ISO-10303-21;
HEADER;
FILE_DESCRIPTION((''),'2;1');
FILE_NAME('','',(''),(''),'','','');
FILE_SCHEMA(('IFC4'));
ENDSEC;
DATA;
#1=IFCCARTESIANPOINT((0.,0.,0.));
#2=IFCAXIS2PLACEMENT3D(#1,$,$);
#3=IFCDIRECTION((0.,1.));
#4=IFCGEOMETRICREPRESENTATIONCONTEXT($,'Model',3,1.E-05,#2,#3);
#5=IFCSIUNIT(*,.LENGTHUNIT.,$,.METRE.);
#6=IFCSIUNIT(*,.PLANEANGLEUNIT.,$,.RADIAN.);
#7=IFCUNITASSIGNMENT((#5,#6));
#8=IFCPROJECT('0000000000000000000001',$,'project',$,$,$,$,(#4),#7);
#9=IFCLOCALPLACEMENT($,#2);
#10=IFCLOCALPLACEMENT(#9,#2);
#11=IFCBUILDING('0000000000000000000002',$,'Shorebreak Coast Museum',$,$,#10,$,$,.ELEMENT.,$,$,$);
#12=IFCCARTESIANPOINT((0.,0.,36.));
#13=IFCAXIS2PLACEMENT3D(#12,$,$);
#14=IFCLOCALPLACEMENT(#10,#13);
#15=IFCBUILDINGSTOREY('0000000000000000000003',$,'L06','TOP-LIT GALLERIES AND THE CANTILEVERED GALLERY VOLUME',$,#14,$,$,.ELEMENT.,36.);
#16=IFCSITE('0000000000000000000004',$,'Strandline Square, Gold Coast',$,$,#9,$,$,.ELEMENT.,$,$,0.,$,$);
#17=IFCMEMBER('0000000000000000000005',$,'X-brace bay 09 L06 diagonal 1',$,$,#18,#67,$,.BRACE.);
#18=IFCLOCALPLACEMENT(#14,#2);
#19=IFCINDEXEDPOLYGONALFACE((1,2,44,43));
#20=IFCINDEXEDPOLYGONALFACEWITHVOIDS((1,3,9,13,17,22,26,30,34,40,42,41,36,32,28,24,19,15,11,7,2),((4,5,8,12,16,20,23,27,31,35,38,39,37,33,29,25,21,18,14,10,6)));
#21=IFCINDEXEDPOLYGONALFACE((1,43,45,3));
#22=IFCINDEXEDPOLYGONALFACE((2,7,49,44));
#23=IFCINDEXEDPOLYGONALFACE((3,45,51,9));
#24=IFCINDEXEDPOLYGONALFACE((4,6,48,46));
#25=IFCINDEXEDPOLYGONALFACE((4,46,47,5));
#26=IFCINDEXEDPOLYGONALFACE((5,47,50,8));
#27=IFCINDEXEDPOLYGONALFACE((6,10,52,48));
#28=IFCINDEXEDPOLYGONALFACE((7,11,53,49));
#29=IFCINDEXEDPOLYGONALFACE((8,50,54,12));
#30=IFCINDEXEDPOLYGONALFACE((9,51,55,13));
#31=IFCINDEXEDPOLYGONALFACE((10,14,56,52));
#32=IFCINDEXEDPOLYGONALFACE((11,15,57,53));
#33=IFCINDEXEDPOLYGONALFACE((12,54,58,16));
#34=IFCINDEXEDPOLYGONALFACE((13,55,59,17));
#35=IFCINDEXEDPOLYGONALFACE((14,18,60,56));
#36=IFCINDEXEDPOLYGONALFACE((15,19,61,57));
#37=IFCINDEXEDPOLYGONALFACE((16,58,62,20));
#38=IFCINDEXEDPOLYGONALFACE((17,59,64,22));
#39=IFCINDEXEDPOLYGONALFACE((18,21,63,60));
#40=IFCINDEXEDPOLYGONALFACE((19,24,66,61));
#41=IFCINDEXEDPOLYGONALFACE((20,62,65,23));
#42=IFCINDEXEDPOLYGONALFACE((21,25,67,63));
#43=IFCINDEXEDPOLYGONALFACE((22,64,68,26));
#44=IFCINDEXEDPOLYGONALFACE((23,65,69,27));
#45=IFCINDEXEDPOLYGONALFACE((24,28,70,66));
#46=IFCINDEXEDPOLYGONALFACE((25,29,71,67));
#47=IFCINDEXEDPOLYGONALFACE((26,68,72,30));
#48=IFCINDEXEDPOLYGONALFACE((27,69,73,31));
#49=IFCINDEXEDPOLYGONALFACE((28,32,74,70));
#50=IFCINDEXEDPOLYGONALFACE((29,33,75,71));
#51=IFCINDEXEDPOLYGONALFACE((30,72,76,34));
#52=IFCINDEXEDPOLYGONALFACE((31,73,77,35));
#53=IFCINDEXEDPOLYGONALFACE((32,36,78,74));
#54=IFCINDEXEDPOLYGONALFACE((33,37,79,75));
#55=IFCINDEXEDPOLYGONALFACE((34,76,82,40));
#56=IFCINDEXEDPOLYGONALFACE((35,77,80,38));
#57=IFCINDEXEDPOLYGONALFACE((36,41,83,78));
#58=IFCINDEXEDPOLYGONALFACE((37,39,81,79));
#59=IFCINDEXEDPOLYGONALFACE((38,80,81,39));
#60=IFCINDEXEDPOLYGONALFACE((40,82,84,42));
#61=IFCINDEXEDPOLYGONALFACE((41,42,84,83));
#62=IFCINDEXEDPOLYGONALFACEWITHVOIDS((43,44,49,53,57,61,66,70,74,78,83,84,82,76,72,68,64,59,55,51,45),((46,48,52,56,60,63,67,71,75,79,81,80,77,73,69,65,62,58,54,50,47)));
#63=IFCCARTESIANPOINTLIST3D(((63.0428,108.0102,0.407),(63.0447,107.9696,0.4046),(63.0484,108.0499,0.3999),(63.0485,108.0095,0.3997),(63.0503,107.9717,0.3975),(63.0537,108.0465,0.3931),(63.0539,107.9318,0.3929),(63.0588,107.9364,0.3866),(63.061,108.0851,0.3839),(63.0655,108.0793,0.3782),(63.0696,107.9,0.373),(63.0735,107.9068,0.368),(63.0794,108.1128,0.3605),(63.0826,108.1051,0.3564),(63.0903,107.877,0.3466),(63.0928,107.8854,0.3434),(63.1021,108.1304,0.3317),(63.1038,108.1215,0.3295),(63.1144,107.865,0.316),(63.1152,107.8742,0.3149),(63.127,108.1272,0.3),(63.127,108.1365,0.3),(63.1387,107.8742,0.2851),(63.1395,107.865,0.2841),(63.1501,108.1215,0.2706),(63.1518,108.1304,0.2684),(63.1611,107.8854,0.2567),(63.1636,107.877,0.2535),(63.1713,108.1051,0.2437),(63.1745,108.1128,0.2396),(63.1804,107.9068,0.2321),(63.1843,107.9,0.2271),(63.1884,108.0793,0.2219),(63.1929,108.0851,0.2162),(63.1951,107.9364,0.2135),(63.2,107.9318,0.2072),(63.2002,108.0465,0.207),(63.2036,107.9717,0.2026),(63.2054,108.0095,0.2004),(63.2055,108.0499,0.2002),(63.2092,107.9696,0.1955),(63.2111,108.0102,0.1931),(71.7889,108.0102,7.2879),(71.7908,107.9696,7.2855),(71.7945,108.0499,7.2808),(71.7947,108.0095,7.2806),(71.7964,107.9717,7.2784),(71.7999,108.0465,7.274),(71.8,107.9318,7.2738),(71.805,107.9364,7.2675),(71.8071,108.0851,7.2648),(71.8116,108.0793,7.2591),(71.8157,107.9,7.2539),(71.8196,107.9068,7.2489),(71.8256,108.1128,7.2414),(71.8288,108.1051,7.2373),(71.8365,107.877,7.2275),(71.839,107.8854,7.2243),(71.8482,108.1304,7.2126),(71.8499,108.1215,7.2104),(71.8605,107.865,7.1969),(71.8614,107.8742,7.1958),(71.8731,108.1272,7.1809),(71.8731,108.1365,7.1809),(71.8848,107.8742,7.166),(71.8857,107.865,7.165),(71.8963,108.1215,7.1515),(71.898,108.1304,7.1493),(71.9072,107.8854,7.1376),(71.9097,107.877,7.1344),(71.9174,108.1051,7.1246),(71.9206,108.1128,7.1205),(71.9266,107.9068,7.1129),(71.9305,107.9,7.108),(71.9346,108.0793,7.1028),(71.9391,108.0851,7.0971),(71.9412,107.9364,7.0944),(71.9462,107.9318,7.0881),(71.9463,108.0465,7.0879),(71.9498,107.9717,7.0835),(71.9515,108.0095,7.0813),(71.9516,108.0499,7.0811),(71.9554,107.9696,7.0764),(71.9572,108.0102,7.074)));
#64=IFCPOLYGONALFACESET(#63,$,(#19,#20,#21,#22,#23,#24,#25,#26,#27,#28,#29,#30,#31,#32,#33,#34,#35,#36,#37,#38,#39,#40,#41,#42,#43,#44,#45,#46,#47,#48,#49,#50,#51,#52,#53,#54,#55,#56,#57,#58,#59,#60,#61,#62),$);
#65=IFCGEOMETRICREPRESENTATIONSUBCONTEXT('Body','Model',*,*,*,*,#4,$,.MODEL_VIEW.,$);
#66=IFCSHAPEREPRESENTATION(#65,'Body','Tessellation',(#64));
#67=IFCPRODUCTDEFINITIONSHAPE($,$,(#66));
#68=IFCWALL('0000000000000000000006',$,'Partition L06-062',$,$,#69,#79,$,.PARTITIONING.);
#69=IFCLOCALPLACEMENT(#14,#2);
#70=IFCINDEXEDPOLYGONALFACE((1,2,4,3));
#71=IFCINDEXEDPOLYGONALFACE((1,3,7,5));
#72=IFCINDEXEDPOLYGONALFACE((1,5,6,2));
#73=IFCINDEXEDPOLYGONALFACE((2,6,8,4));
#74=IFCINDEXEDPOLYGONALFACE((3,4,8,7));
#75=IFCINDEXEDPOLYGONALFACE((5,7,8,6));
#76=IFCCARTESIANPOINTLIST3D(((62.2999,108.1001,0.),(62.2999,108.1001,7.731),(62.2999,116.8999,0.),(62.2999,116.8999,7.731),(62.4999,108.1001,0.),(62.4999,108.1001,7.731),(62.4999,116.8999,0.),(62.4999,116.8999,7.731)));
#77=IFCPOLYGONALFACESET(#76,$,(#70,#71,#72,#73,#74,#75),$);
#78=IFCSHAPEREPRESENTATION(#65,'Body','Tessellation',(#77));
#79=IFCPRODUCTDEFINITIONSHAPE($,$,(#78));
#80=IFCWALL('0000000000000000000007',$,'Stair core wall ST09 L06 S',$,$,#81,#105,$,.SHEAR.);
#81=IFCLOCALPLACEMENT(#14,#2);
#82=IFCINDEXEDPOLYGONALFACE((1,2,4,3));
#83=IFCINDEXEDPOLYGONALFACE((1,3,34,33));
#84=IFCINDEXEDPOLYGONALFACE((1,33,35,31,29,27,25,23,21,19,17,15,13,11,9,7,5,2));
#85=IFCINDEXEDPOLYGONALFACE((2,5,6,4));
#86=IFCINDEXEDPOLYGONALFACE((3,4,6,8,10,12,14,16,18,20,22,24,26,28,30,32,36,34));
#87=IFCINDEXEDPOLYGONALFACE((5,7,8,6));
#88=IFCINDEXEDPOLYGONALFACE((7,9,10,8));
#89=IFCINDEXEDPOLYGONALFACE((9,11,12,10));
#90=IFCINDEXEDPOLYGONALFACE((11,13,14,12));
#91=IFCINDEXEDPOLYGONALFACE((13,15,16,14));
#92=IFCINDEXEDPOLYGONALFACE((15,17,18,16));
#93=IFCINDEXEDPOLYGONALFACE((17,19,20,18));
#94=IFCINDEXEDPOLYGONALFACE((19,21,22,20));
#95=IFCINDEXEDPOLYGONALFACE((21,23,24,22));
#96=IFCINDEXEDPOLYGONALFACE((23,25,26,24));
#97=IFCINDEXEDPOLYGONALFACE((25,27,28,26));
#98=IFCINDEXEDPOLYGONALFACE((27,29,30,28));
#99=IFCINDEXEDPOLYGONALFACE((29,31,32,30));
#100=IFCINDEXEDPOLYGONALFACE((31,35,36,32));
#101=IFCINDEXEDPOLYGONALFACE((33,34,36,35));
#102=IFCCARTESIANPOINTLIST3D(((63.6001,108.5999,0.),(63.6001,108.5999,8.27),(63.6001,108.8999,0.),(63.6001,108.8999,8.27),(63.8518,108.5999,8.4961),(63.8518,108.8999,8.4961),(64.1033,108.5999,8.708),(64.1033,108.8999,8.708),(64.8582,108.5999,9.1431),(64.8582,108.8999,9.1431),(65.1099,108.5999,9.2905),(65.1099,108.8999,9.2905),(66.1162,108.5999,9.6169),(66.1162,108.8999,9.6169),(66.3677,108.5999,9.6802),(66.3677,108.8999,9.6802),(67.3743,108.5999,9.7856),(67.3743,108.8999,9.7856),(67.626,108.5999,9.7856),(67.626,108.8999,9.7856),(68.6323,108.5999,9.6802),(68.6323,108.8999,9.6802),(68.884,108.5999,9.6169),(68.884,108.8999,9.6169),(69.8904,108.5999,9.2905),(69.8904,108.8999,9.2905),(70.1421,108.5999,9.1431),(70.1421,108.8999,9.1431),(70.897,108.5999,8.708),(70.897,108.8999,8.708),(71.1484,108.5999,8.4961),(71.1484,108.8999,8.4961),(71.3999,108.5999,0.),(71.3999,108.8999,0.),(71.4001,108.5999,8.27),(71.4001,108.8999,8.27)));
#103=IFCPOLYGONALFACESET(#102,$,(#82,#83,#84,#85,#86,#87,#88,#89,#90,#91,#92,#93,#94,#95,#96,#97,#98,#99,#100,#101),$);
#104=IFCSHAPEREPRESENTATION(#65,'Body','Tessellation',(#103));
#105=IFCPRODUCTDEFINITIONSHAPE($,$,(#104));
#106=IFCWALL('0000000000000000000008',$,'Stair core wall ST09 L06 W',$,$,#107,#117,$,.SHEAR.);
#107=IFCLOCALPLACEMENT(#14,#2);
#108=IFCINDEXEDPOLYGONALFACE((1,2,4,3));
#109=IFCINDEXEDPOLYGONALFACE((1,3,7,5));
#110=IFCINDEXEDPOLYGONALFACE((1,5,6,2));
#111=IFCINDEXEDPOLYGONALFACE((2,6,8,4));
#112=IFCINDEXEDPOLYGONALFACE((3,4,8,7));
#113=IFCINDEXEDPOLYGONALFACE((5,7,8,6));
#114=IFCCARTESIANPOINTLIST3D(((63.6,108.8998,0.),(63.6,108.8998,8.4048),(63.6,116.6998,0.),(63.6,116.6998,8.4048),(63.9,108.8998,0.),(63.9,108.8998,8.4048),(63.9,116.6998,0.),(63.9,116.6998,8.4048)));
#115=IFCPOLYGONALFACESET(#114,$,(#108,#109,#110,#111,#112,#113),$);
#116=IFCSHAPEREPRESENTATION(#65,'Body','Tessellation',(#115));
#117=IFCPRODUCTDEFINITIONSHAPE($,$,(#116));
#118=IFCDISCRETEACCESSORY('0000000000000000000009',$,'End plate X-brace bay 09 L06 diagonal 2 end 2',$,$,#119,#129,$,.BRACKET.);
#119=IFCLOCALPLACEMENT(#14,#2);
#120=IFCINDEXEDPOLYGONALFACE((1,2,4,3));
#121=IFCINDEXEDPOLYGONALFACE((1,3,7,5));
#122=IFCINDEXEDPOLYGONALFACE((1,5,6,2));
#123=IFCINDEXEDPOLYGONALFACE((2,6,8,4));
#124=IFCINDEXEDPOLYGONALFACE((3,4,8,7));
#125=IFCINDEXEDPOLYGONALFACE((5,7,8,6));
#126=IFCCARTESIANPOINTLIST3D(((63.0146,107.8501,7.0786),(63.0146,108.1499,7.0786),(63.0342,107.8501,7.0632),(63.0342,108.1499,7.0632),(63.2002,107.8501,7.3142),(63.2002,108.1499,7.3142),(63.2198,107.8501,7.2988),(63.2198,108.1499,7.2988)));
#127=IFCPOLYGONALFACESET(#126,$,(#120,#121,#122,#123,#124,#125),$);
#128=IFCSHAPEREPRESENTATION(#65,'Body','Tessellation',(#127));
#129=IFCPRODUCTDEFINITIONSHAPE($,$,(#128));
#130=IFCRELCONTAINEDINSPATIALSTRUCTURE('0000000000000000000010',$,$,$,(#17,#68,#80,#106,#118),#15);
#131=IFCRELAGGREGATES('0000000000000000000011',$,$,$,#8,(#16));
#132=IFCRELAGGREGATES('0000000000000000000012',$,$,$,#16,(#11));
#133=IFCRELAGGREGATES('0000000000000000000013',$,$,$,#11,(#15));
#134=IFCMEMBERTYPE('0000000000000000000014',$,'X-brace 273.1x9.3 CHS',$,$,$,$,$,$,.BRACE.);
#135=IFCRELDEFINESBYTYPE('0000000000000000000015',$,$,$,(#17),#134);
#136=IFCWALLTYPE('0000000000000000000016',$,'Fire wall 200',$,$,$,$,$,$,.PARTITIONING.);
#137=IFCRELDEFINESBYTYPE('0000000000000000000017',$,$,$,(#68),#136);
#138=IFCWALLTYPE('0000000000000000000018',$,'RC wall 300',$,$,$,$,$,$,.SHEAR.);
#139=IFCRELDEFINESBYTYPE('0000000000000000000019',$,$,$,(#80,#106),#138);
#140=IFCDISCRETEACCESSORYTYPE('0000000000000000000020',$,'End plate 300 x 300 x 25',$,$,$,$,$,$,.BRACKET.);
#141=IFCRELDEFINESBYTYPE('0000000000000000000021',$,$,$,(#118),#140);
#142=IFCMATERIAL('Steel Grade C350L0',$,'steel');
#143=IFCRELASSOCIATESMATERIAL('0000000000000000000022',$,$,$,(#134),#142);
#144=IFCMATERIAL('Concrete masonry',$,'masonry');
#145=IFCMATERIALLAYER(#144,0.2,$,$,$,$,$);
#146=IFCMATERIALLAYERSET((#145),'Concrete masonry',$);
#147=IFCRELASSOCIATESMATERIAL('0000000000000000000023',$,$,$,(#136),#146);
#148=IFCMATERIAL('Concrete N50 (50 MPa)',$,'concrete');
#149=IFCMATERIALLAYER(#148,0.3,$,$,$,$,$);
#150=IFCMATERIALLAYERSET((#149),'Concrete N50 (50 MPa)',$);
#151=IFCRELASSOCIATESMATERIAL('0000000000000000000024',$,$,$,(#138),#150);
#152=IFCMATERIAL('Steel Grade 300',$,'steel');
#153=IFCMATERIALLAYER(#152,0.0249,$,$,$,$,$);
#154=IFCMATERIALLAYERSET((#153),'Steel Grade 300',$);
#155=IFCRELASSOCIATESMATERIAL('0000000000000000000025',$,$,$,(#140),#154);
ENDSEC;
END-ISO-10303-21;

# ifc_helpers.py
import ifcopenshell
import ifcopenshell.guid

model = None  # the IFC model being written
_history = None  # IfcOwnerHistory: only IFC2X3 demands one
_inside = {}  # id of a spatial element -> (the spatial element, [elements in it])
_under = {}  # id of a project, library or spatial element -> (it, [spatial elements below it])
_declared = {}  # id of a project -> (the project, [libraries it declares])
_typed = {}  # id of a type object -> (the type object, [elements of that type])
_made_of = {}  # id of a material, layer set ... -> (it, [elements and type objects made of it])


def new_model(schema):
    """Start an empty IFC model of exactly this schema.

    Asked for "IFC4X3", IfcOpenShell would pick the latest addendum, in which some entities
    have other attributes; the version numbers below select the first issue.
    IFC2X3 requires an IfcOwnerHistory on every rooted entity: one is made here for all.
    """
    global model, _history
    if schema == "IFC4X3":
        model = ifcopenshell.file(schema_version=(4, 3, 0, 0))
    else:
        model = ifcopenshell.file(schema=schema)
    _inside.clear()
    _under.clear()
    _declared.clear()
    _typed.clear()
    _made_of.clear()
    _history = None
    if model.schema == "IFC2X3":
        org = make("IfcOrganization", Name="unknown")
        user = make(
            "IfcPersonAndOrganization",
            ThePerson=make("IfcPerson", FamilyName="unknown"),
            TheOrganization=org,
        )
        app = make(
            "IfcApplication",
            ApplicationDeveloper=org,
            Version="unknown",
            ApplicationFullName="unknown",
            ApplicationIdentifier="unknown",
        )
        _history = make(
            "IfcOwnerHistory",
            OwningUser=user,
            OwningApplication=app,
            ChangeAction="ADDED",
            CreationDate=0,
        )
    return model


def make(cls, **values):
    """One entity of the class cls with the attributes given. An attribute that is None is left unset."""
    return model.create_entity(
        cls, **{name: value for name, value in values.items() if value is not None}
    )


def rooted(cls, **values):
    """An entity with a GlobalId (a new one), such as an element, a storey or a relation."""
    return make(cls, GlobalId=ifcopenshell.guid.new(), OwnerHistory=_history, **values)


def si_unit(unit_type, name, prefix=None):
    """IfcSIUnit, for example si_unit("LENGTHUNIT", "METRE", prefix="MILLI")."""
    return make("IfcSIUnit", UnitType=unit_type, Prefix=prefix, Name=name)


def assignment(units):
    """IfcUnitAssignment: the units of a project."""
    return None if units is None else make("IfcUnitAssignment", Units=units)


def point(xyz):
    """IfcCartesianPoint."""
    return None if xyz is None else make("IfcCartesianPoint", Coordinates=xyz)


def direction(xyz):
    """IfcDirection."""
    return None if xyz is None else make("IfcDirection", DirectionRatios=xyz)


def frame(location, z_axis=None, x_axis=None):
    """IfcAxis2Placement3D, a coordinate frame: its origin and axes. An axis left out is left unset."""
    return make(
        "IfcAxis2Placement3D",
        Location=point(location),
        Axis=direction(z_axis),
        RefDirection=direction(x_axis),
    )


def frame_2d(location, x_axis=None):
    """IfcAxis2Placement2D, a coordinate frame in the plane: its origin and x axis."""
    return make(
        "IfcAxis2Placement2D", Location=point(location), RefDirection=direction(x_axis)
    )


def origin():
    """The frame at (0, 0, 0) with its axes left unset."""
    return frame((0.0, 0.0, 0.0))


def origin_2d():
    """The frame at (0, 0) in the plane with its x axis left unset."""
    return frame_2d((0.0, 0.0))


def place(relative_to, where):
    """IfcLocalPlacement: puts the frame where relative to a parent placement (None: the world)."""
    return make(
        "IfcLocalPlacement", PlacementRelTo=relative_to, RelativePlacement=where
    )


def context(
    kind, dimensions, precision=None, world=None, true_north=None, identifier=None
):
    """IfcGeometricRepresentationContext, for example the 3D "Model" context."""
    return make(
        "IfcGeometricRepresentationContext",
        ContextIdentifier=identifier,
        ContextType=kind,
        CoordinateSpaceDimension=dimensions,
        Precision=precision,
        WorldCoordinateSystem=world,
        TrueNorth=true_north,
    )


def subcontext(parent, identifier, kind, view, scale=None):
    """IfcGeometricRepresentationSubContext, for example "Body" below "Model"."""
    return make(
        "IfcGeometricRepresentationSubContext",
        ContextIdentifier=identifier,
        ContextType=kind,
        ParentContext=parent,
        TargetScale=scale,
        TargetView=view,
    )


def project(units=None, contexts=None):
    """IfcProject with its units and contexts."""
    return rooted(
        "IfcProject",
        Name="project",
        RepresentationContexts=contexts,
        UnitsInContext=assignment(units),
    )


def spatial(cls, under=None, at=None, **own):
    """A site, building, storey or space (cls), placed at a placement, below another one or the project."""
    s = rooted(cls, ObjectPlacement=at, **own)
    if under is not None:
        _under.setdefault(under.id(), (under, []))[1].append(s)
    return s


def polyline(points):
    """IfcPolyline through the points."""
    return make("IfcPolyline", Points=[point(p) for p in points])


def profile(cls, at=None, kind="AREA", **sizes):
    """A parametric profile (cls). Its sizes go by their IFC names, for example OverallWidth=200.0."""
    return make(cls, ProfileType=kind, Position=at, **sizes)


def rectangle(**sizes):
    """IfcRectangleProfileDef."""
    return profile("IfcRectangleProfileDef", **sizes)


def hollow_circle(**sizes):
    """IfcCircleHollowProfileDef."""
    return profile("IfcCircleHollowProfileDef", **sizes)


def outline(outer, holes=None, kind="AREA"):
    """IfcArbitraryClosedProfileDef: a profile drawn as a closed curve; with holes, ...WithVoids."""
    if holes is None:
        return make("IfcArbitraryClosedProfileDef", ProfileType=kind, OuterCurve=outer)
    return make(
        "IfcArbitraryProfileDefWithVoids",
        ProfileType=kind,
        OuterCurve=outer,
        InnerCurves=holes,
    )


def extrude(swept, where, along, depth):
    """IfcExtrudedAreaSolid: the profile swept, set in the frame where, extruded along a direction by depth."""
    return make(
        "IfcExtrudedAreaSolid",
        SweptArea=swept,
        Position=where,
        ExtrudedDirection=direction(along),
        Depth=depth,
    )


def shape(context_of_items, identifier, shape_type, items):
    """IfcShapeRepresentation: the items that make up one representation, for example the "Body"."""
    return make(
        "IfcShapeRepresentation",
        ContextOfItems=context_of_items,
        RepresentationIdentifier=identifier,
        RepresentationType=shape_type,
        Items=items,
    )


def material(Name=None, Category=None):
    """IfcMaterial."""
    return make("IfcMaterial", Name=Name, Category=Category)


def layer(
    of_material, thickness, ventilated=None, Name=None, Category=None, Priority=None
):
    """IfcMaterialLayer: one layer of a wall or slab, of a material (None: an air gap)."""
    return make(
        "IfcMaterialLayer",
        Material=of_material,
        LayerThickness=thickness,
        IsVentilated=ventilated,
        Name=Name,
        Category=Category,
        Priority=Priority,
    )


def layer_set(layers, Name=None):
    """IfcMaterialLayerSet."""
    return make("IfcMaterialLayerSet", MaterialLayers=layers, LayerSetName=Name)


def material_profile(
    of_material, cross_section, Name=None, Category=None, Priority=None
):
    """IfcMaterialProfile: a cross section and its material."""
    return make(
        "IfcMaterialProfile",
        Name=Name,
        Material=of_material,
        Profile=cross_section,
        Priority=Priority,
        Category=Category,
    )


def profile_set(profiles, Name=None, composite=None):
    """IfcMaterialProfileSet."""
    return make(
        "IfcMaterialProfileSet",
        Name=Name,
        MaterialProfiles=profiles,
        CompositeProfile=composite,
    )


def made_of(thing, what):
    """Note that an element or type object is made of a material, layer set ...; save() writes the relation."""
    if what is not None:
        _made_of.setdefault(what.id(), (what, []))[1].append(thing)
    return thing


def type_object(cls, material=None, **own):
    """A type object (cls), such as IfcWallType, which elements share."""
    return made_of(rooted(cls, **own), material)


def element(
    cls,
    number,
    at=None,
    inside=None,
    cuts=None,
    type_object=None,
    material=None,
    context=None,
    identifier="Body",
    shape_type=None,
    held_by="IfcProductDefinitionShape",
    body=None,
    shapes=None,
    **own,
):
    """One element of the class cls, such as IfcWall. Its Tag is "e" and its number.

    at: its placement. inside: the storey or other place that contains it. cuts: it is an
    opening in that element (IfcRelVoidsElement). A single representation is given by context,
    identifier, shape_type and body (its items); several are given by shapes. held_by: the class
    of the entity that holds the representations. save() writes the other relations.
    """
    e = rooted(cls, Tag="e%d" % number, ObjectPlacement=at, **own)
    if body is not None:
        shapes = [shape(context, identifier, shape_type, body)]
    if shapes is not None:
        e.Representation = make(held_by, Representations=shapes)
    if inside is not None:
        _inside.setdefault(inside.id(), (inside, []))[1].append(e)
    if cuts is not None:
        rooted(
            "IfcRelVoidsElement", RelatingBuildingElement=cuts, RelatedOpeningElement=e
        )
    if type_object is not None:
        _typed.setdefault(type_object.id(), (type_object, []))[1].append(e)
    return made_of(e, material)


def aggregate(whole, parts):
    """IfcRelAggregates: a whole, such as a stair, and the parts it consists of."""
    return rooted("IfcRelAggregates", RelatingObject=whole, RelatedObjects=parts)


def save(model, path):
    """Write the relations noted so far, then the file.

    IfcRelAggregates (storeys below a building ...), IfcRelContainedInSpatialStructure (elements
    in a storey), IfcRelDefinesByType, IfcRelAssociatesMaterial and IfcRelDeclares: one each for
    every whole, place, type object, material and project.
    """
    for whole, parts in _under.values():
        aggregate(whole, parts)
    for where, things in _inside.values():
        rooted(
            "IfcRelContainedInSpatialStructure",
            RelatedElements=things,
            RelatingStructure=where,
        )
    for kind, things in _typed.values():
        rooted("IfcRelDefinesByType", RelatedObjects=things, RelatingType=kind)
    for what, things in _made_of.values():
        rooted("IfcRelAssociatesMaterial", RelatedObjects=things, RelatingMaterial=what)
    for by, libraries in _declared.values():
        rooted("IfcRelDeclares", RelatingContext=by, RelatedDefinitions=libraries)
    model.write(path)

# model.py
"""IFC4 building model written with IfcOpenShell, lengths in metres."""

from ifc_helpers import new_model, si_unit, direction, frame, frame_2d, origin, origin_2d, place, context, subcontext, project, spatial, polyline, rectangle, hollow_circle, outline, extrude, material, layer, layer_set, material_profile, profile_set, type_object, element, save


model = new_model("IFC4")

# Units and contexts
model_context = context("Model", 3, precision=1e-05, world=origin(), true_north=direction((0.0, 1.0)))
body_context = subcontext(model_context, "Body", "Model", "MODEL_VIEW")
ifc_project = project(units=[si_unit("LENGTHUNIT", "METRE"), si_unit("PLANEANGLEUNIT", "RADIAN")], contexts=[model_context])

# Site, building, storey
site_placement = place(None, origin())
site = spatial("IfcSite", under=ifc_project, at=site_placement, Name="Strandline Square, Gold Coast", CompositionType="ELEMENT", RefElevation=0.0)
building_placement = place(site_placement, origin())
building = spatial("IfcBuilding", under=site, at=building_placement, Name="Shorebreak Coast Museum", CompositionType="ELEMENT")
storey_placement = place(building_placement, frame((0.0, 0.0, 36.0)))
storey = spatial("IfcBuildingStorey", under=building, at=storey_placement, Name="L06", Description="TOP-LIT GALLERIES AND THE CANTILEVERED GALLERY VOLUME", CompositionType="ELEMENT", Elevation=36.0)

# Member
ifc_material_1 = material(Name="Steel Grade C350L0", Category="steel")
ifc_material_profile_1 = material_profile(ifc_material_1, hollow_circle(Radius=0.1365, WallThickness=0.0093, at=origin_2d()), Name="273.1x9.3 CHS")
ifc_profile_set_1 = profile_set([ifc_material_profile_1], Name="Steel Grade C350L0")
member_type_1 = type_object("IfcMemberType", Name="X-brace 273.1x9.3 CHS", PredefinedType="BRACE", material=ifc_profile_set_1)
member_1_placement = place(storey_placement, frame((63.127, 108.0, 0.3), z_axis=(0.785928, 0.0, 0.618318), x_axis=(0.0, 1.0, 0.0)))
element("IfcMember", 1, at=member_1_placement, inside=storey, type_object=member_type_1, Name="X-brace bay 09 L06 diagonal 1", PredefinedType="BRACE", context=body_context, shape_type="SweptSolid", body=[
    extrude(hollow_circle(Radius=0.1365, WallThickness=0.0093, at=origin_2d()), origin(), (0.0, 0.0, 1.0), 11.1284),
])

# Walls
ifc_material_2 = material(Name="Concrete masonry", Category="masonry")
ifc_layer_1 = layer(ifc_material_2, 0.2)
ifc_layer_set_1 = layer_set([ifc_layer_1], Name="Concrete masonry")
wall_type_1 = type_object("IfcWallType", Name="Fire wall 200", PredefinedType="PARTITIONING", material=ifc_layer_set_1)
wall_1_placement = place(storey_placement, frame((62.3999, 108.1001, 0.0), z_axis=(0.0, 0.0, 1.0), x_axis=(0.0, 1.0, 0.0)))
element("IfcWall", 2, at=wall_1_placement, inside=storey, type_object=wall_type_1, Name="Partition L06-062", PredefinedType="PARTITIONING", context=body_context, shape_type="SweptSolid", body=[
    extrude(rectangle(XDim=8.7998, YDim=0.2, at=frame_2d((4.3999, 0.0))), origin(), (0.0, 0.0, 1.0), 7.731),
])
ifc_material_3 = material(Name="Concrete N50 (50 MPa)", Category="concrete")
ifc_layer_2 = layer(ifc_material_3, 0.3)
ifc_layer_set_2 = layer_set([ifc_layer_2], Name="Concrete N50 (50 MPa)")
wall_type_2 = type_object("IfcWallType", Name="RC wall 300", PredefinedType="SHEAR", material=ifc_layer_set_2)
wall_2_placement = place(storey_placement, frame((63.6001, 108.75, 0.0), z_axis=(0.0, 0.0, 1.0), x_axis=(1.0, 0.0, 0.0)))
element("IfcWall", 3, at=wall_2_placement, inside=storey, type_object=wall_type_2, Name="Stair core wall ST09 L06 S", PredefinedType="SHEAR", context=body_context, shape_type="SweptSolid", body=[
    extrude(outline(polyline([(0.0, 0.0), (7.7998, 0.0), (7.8, 8.27), (7.5483, 8.4961), (7.2969, 8.708), (6.542, 9.1431), (6.2903, 9.2905), (5.2839, 9.6169), (5.0322, 9.6802), (4.0259, 9.7856), (3.7742, 9.7856), (2.7676, 9.6802), (2.5161, 9.6169), (1.5098, 9.2905), (1.2581, 9.1431), (0.5032, 8.708), (0.2517, 8.4961), (0.0, 8.27), (0.0, 0.0)])), frame((0.0, 0.1499, 0.0), z_axis=(0.0, -1.0, 0.0), x_axis=(1.0, 0.0, 0.0)), (0.0, 0.0, 1.0), 0.3),
])
wall_3_placement = place(storey_placement, frame((63.75, 108.8999, 0.0), z_axis=(0.0, 0.0, 1.0), x_axis=(0.0, 1.0, 0.0)))
element("IfcWall", 4, at=wall_3_placement, inside=storey, type_object=wall_type_2, Name="Stair core wall ST09 L06 W", PredefinedType="SHEAR", context=body_context, shape_type="SweptSolid", body=[
    extrude(rectangle(XDim=7.8, YDim=0.3, at=frame_2d((3.8999, 0.0))), origin(), (0.0, 0.0, 1.0), 8.4048),
])

# Discrete accessory
ifc_material_4 = material(Name="Steel Grade 300", Category="steel")
ifc_layer_3 = layer(ifc_material_4, 0.0249)
ifc_layer_set_3 = layer_set([ifc_layer_3], Name="Steel Grade 300")
discrete_accessory_type = type_object("IfcDiscreteAccessoryType", Name="End plate 300 x 300 x 25", PredefinedType="BRACKET", material=ifc_layer_set_3)
discrete_accessory_placement = place(storey_placement, frame((63.0146, 108.1499, 7.0786), z_axis=(-0.785612, 0.0, 0.61872), x_axis=(0.0, -1.0, 0.0)))
element("IfcDiscreteAccessory", 5, at=discrete_accessory_placement, inside=storey, type_object=discrete_accessory_type, Name="End plate X-brace bay 09 L06 diagonal 2 end 2", PredefinedType="BRACKET", context=body_context, shape_type="SweptSolid", body=[
    extrude(outline(polyline([(0.0, 0.0), (0.2998, 0.0), (0.2998, 0.2999), (0.0, 0.2999), (0.0, 0.0)])), origin(), (0.0, 0.0, -1.0), 0.0249),
])

save(model, "model.ifc")
